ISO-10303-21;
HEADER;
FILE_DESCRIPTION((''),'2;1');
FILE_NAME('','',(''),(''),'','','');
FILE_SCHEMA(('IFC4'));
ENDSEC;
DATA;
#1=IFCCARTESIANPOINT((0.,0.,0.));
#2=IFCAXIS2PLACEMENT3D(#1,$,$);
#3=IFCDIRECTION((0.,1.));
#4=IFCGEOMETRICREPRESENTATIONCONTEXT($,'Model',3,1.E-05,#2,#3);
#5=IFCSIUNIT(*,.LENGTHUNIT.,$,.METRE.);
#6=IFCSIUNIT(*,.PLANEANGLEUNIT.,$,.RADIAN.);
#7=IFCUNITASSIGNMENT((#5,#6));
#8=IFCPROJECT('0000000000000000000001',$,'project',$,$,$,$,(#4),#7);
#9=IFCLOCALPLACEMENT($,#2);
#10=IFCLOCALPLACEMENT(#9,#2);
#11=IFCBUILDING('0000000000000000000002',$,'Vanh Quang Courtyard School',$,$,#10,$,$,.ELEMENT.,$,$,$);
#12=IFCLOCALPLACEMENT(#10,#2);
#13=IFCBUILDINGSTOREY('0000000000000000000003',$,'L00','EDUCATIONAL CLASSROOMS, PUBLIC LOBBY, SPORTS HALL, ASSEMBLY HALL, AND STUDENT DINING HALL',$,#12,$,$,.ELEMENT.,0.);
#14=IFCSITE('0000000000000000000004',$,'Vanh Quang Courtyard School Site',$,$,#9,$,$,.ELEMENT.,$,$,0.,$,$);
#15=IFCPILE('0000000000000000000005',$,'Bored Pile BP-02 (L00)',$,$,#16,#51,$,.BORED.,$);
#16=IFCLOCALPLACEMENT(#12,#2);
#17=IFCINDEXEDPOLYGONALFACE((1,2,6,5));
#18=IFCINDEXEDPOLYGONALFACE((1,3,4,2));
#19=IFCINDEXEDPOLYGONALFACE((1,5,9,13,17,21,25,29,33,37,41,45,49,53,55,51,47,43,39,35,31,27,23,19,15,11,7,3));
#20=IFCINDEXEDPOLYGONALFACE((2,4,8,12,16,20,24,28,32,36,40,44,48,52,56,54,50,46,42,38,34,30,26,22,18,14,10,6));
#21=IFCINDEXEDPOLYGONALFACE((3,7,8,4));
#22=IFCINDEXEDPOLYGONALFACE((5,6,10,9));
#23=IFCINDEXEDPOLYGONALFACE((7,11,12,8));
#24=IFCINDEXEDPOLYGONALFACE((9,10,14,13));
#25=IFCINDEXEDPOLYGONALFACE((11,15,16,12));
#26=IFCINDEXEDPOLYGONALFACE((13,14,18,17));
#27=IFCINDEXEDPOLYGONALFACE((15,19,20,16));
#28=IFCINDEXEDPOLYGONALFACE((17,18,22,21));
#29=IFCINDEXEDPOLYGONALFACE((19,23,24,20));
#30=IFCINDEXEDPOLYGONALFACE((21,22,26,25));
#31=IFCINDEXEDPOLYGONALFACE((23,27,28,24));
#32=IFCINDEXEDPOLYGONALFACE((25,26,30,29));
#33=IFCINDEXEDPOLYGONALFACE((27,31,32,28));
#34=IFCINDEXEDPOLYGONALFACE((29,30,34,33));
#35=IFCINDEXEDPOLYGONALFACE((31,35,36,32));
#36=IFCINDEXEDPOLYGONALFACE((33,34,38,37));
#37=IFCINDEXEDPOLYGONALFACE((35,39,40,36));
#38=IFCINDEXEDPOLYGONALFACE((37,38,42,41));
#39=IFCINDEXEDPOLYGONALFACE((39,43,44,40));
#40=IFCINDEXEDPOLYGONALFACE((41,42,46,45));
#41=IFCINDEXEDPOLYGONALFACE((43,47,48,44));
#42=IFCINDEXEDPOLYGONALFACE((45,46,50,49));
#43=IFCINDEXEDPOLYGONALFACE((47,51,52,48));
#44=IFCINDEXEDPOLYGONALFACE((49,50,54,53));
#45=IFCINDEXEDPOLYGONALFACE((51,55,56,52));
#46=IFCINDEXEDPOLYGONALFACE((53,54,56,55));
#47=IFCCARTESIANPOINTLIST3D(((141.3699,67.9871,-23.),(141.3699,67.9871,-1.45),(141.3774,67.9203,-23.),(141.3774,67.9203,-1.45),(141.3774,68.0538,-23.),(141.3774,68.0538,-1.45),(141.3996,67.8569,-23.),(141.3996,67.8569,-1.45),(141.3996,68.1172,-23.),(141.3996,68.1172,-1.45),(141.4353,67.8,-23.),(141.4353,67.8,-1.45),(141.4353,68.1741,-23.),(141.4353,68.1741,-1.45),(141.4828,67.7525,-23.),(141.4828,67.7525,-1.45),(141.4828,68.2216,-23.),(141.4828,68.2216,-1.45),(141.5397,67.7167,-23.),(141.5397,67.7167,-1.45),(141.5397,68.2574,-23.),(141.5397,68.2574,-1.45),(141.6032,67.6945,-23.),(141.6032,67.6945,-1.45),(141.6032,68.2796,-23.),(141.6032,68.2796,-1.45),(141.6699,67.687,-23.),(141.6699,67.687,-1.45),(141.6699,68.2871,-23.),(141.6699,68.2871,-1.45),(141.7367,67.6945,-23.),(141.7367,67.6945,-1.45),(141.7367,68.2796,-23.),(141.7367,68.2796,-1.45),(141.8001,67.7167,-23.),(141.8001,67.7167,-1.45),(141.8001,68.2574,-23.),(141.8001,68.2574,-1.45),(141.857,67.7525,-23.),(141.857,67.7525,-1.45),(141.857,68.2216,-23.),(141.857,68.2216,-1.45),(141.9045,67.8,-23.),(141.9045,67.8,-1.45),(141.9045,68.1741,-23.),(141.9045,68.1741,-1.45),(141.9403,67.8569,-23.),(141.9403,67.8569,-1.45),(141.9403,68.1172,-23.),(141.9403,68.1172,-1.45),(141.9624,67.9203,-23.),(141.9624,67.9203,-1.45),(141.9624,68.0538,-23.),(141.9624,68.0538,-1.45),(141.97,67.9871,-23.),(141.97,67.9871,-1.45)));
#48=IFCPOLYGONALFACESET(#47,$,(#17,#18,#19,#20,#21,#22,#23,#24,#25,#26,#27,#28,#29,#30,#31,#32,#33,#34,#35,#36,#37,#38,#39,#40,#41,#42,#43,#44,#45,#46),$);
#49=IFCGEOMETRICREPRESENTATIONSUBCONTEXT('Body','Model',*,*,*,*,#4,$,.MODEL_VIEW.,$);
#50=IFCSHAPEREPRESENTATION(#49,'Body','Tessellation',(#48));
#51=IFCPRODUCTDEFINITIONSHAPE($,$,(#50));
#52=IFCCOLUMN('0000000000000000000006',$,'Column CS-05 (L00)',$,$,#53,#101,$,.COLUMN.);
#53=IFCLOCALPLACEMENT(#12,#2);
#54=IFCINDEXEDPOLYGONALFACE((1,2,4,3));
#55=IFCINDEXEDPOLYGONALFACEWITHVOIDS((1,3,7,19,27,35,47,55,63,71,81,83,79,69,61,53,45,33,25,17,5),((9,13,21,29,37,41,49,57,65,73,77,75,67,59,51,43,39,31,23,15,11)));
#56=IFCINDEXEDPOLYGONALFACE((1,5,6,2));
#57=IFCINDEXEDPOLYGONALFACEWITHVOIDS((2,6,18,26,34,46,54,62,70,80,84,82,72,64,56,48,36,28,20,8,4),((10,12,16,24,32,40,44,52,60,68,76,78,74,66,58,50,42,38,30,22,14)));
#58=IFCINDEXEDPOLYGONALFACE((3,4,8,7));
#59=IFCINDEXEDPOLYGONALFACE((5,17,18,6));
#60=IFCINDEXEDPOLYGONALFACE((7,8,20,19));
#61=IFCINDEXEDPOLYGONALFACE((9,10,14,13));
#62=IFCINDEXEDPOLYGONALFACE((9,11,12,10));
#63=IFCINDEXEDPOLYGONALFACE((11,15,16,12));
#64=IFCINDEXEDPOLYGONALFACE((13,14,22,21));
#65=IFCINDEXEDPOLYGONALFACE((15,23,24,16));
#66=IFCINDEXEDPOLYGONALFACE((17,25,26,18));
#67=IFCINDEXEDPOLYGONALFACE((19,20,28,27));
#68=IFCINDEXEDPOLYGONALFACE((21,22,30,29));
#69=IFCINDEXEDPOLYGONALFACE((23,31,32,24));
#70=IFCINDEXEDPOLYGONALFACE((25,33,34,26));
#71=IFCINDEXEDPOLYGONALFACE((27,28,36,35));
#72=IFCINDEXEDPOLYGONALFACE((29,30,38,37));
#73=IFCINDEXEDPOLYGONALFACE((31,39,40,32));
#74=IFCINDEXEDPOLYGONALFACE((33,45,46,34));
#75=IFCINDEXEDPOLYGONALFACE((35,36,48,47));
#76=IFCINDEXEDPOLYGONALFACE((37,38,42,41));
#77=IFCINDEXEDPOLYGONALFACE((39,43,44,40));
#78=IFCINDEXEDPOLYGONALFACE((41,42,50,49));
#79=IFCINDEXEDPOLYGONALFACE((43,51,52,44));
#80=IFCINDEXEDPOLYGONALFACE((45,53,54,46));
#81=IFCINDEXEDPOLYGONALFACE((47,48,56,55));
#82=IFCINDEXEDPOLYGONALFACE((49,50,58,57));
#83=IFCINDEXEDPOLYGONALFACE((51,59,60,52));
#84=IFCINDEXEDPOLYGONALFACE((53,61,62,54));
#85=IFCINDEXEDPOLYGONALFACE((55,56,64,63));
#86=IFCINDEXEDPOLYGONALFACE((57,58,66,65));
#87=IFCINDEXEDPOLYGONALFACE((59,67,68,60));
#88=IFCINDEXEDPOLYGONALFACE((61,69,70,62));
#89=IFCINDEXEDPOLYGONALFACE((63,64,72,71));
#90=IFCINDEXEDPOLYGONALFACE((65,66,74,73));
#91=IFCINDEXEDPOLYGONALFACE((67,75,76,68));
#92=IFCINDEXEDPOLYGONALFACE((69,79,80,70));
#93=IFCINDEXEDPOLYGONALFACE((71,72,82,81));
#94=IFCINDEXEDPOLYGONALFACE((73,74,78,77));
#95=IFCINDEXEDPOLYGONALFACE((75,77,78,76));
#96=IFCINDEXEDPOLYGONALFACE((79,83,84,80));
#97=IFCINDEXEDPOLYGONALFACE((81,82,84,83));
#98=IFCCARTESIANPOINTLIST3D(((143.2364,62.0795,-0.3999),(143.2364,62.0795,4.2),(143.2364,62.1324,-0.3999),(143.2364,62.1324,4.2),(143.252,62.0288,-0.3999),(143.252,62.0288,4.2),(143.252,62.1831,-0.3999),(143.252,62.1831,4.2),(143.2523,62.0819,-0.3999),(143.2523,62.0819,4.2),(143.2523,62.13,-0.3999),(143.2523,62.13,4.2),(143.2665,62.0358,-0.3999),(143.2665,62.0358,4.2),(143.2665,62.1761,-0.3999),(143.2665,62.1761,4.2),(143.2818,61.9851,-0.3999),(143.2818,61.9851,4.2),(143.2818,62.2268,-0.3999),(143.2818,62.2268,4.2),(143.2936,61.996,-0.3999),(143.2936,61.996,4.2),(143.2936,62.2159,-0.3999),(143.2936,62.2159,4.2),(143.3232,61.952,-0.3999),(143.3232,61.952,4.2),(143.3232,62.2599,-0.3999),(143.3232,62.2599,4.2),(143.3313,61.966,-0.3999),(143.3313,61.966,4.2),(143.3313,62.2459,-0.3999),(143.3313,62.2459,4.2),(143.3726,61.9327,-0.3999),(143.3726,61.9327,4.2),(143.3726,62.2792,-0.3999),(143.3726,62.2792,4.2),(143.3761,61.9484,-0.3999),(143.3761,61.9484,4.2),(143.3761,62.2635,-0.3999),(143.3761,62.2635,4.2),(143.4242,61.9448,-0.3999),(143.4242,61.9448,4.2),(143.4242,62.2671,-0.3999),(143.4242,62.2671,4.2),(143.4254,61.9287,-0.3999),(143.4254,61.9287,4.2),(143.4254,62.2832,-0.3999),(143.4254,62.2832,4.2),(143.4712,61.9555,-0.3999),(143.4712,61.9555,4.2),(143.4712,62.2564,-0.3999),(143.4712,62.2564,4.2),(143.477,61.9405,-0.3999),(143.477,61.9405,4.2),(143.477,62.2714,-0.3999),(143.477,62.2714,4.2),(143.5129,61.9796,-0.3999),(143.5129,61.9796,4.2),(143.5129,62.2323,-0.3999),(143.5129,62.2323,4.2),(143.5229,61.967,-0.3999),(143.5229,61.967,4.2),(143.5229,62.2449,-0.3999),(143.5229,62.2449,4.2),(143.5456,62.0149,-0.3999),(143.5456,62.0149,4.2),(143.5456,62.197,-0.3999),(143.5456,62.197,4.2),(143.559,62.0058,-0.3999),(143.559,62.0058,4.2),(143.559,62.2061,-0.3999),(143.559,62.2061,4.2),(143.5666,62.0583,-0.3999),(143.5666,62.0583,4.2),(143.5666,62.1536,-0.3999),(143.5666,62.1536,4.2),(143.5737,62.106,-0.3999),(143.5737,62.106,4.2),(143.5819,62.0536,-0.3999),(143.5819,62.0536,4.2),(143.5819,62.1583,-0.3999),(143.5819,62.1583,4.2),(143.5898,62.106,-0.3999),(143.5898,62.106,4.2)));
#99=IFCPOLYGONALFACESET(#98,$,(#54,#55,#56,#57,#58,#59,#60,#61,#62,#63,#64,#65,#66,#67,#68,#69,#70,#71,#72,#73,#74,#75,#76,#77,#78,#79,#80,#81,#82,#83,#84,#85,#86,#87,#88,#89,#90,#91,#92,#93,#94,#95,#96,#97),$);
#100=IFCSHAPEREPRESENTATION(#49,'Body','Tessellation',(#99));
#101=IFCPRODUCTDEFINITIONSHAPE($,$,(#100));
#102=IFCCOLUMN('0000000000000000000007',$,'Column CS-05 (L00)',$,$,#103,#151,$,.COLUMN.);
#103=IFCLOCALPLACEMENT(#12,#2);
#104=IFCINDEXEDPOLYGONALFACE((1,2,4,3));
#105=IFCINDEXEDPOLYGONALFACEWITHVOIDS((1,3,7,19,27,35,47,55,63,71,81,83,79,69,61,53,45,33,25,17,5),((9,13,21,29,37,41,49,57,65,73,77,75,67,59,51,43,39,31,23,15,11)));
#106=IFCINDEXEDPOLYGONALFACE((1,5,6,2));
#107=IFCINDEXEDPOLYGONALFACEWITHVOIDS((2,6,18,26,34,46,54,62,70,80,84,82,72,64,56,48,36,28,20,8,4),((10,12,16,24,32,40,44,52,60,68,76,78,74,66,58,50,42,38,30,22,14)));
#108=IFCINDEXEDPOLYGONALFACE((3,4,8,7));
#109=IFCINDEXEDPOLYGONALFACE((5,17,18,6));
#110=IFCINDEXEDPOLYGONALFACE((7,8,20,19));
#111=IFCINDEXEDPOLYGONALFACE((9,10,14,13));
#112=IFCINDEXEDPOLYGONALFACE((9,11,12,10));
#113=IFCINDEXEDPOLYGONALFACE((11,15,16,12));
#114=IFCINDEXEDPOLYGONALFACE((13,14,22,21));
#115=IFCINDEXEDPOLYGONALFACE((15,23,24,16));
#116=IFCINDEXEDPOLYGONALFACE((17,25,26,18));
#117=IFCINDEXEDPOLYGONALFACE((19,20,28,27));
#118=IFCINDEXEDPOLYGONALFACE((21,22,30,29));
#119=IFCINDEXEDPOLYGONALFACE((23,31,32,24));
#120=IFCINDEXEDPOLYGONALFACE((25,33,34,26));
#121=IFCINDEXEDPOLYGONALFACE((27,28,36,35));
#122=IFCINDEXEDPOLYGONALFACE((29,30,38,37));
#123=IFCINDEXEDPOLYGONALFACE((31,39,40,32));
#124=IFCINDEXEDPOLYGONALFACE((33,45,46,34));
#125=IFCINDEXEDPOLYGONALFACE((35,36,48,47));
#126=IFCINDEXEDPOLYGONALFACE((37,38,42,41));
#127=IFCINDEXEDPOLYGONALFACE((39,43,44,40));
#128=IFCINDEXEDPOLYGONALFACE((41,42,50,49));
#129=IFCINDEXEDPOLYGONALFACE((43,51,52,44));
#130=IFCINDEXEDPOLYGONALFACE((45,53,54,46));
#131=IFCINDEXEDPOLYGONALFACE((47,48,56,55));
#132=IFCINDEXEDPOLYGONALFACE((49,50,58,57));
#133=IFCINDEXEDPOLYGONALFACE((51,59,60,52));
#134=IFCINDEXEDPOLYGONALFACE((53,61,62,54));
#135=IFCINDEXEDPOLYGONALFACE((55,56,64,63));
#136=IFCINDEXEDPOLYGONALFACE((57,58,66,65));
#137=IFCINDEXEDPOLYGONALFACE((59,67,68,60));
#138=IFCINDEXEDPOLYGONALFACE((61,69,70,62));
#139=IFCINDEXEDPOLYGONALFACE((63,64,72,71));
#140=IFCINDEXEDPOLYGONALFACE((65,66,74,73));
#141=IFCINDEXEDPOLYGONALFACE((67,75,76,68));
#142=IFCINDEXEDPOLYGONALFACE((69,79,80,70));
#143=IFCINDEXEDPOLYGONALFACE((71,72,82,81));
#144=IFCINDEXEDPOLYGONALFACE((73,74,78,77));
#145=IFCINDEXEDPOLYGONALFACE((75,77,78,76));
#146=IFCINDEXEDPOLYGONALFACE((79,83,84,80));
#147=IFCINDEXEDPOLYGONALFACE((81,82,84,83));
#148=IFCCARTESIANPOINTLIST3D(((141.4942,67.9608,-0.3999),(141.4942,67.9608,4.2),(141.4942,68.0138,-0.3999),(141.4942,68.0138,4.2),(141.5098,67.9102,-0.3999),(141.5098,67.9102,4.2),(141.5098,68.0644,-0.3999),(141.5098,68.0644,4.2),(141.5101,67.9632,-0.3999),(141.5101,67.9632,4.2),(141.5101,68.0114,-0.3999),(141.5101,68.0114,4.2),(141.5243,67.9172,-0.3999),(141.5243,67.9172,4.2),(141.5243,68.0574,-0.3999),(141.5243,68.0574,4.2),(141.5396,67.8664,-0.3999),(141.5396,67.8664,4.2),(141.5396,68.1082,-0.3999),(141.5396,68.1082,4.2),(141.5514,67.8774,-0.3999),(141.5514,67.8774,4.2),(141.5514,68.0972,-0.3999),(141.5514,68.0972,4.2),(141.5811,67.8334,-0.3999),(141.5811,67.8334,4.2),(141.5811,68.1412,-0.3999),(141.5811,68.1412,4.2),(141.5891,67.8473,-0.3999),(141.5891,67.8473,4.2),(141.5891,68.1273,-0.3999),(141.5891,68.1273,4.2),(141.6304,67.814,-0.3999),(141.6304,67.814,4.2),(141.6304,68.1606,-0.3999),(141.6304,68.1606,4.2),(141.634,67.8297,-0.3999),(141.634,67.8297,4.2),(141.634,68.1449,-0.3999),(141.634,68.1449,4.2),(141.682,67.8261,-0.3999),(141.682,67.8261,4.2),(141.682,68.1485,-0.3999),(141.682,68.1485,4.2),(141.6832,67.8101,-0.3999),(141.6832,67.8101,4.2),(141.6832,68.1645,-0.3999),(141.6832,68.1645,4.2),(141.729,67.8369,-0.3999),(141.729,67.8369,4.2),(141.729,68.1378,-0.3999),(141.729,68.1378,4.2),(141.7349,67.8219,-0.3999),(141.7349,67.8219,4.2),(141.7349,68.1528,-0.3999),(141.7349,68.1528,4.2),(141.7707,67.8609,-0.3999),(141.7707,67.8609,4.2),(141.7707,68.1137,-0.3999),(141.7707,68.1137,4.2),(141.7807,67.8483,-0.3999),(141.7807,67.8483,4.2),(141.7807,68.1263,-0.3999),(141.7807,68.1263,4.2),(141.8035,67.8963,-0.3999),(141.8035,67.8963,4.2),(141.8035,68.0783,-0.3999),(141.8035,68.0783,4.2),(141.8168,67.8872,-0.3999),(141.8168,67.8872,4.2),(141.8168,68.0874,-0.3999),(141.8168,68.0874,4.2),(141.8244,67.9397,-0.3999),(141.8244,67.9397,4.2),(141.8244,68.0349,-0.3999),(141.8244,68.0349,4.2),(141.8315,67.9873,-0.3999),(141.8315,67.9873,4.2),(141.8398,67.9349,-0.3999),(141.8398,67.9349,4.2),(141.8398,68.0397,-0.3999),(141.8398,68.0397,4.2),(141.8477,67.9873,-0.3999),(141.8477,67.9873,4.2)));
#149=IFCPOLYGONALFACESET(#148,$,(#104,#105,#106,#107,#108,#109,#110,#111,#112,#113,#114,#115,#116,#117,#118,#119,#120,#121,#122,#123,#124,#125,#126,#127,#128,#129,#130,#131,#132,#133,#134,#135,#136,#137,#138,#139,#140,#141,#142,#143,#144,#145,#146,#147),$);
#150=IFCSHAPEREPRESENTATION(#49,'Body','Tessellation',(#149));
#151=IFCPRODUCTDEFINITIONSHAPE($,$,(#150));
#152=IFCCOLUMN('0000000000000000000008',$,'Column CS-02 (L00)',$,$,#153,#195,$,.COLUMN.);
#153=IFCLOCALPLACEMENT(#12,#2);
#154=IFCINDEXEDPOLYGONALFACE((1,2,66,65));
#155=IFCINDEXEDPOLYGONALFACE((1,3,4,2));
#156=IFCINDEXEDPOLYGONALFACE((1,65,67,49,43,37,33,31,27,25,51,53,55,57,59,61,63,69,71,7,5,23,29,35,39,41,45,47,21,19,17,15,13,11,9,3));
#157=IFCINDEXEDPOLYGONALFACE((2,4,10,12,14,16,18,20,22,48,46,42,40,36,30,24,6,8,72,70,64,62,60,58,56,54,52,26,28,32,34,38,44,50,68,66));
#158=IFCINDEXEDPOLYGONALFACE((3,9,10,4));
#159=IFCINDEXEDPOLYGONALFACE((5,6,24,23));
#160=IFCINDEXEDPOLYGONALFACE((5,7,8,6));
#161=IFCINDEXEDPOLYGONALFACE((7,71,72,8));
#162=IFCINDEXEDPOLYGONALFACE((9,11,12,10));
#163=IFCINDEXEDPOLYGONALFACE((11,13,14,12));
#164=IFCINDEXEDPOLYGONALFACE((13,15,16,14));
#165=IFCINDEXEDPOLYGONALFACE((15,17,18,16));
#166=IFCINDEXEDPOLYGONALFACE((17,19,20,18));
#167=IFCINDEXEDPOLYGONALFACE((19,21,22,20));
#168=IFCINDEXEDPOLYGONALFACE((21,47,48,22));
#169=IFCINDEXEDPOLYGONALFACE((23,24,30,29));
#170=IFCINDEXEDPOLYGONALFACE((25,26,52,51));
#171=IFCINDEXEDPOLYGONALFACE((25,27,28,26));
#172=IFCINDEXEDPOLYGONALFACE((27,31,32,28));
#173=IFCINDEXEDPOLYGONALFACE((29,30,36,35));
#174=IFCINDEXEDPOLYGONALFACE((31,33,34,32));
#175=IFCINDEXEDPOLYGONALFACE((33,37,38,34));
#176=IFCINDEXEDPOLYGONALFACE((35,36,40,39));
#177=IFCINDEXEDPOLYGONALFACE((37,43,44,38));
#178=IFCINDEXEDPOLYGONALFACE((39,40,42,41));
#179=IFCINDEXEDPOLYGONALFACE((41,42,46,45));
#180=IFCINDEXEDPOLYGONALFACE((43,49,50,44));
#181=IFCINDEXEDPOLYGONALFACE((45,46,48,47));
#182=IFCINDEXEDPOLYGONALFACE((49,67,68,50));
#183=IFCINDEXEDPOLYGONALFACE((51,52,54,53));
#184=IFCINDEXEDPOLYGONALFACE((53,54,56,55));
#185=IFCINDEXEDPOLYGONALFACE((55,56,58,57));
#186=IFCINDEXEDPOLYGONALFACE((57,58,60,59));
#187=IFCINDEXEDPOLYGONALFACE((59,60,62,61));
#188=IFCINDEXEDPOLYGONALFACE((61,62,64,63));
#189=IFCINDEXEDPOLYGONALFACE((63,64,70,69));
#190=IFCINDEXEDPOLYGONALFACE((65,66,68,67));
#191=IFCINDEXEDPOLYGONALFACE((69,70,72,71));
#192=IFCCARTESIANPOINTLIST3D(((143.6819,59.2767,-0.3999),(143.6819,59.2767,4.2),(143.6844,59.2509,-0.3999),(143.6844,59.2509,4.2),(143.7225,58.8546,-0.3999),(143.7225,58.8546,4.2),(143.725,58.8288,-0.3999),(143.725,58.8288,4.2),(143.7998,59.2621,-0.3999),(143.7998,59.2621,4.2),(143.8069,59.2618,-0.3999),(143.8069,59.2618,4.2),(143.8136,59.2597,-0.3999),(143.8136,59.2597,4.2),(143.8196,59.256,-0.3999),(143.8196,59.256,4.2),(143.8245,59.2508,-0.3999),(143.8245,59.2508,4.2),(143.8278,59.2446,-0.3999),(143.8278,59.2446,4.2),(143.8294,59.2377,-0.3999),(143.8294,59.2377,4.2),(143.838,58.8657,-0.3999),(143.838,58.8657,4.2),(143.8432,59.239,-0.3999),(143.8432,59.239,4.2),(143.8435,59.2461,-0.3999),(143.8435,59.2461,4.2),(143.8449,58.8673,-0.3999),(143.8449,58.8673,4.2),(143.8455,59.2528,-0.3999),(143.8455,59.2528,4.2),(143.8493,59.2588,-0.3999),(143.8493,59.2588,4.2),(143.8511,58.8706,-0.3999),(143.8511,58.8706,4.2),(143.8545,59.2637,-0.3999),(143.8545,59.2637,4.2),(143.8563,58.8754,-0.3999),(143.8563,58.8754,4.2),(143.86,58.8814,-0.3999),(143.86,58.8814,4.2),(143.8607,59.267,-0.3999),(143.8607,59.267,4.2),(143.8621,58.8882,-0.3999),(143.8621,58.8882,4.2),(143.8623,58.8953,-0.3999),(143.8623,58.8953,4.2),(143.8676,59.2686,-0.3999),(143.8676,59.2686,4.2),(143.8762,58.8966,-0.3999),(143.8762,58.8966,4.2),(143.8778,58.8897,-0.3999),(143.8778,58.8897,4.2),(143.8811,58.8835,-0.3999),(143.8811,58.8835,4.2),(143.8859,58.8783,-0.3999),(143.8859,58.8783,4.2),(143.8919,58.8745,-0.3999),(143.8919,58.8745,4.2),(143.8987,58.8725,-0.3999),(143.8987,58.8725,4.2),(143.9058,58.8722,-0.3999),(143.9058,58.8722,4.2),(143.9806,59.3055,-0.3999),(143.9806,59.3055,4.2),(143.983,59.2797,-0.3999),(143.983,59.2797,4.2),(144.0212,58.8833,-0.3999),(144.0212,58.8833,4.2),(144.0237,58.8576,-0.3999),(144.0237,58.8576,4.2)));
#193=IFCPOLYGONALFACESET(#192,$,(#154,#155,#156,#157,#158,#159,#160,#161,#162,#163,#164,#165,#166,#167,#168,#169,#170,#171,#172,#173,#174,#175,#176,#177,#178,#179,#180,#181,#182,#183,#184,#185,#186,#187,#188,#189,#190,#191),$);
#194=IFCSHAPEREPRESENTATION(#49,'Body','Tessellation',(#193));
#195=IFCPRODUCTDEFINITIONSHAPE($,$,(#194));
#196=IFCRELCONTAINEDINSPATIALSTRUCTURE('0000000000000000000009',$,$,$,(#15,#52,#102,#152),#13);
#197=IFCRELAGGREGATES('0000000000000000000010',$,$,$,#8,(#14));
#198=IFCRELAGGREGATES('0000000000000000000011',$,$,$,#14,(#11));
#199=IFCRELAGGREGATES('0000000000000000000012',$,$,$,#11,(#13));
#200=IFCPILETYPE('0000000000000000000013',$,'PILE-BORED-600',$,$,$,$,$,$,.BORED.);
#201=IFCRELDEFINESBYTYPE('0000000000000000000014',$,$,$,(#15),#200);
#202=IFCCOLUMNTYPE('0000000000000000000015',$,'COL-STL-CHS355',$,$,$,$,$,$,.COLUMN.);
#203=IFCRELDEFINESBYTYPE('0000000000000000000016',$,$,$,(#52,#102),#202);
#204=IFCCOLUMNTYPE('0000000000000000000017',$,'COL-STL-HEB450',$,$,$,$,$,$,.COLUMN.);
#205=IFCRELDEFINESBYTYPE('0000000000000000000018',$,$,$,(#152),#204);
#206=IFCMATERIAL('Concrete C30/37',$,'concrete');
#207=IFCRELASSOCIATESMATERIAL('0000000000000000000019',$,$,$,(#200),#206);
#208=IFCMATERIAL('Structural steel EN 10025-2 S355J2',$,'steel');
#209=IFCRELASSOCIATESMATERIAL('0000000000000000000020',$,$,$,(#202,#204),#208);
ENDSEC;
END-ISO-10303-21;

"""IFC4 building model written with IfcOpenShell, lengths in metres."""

from ifc_helpers import new_model, si_unit, direction, frame, origin, origin_2d, place, context, subcontext, project, spatial, circle, hollow_circle, i_section, extrude, material, material_profile, profile_set, type_object, element, save


model = new_model("IFC4")

# Units and contexts
model_context = context("Model", 3, precision=1e-05, world=origin(), true_north=direction((0.0, 1.0)))
body_context = subcontext(model_context, "Body", "Model", "MODEL_VIEW")
ifc_project = project(units=[si_unit("LENGTHUNIT", "METRE"), si_unit("PLANEANGLEUNIT", "RADIAN")], contexts=[model_context])

# Site, building, storey
site_placement = place(None, origin())
site = spatial("IfcSite", under=ifc_project, at=site_placement, Name="Vanh Quang Courtyard School Site", CompositionType="ELEMENT", RefElevation=0.0)
building_placement = place(site_placement, origin())
building = spatial("IfcBuilding", under=site, at=building_placement, Name="Vanh Quang Courtyard School", CompositionType="ELEMENT")
storey_placement = place(building_placement, origin())
storey = spatial("IfcBuildingStorey", under=building, at=storey_placement, Name="L00", Description="EDUCATIONAL CLASSROOMS, PUBLIC LOBBY, SPORTS HALL, ASSEMBLY HALL, AND STUDENT DINING HALL", CompositionType="ELEMENT", Elevation=0.0)

# Pile
ifc_material_1 = material(Name="Concrete C30/37", Category="concrete")
ifc_material_profile_1 = material_profile(ifc_material_1, circle(Radius=0.3, at=origin_2d()), Name="PILE D600")
ifc_profile_set_1 = profile_set([ifc_material_profile_1], Name="Concrete C30/37")
pile_type_1 = type_object("IfcPileType", Name="PILE-BORED-600", PredefinedType="BORED", material=ifc_profile_set_1)
for number, where, z_axis, x_axis, name in (
    (1, (141.6699, 67.9871, -1.45), (0.0, 0.0, -1.0), (1.0, 0.0, 0.0), "Bored Pile BP-02 (L00)"),
):
    element("IfcPile", number, at=place(storey_placement, frame(where, z_axis=z_axis, x_axis=x_axis)), inside=storey, type_object=pile_type_1, Name=name, PredefinedType="BORED", context=body_context, shape_type="SweptSolid", body=[
        extrude(circle(Radius=0.3, at=origin_2d()), origin(), (0.0, 0.0, 1.0), 21.55),
    ])

# Columns
ifc_material_2 = material(Name="Structural steel EN 10025-2 S355J2", Category="steel")
ifc_material_profile_2 = material_profile(ifc_material_2, hollow_circle(Radius=0.1777, WallThickness=0.0161, at=origin_2d()), Name="CHS 355.6x16")
ifc_profile_set_2 = profile_set([ifc_material_profile_2], Name="Structural steel EN 10025-2 S355J2")
column_type_1 = type_object("IfcColumnType", Name="COL-STL-CHS355", PredefinedType="COLUMN", material=ifc_profile_set_2)
for number, where, z_axis, x_axis, name in (
    (2, (143.4121, 62.106, -0.3999), (0.0, 0.0, 1.0), (1.0, 0.0, 0.0), "Column CS-05 (L00)"),
    (3, (141.6699, 67.9873, -0.3999), (0.0, 0.0, 1.0), (1.0, 0.0, 0.0), "Column CS-05 (L00)"),
):
    element("IfcColumn", number, at=place(storey_placement, frame(where, z_axis=z_axis, x_axis=x_axis)), inside=storey, type_object=column_type_1, Name=name, PredefinedType="COLUMN", context=body_context, shape_type="SweptSolid", body=[
        extrude(hollow_circle(Radius=0.1777, WallThickness=0.0161, at=origin_2d()), origin(), (0.0, 0.0, 1.0), 4.5999),
    ])
ifc_material_profile_3 = material_profile(ifc_material_2, i_section(OverallWidth=0.3, OverallDepth=0.45, WebThickness=0.0139, FlangeThickness=0.0259, FilletRadius=0.0271, at=origin_2d()), Name="HEB 450")
ifc_profile_set_3 = profile_set([ifc_material_profile_3], Name="Structural steel EN 10025-2 S355J2")
column_type_2 = type_object("IfcColumnType", Name="COL-STL-HEB450", PredefinedType="COLUMN", material=ifc_profile_set_3)
for number, where, z_axis, x_axis, name in (
    (4, (143.8528, 59.0671, -0.3999), (0.0, 0.0, 1.0), (0.995396, 0.095846, 0.0), "Column CS-02 (L00)"),
):
    element("IfcColumn", number, at=place(storey_placement, frame(where, z_axis=z_axis, x_axis=x_axis)), inside=storey, type_object=column_type_2, Name=name, PredefinedType="COLUMN", context=body_context, shape_type="SweptSolid", body=[
        extrude(i_section(OverallWidth=0.3, OverallDepth=0.45, WebThickness=0.0139, FlangeThickness=0.0259, FilletRadius=0.0271, at=origin_2d()), origin(), (0.0, 0.0, 1.0), 4.5999),
    ])

save(model, "model.ifc")
